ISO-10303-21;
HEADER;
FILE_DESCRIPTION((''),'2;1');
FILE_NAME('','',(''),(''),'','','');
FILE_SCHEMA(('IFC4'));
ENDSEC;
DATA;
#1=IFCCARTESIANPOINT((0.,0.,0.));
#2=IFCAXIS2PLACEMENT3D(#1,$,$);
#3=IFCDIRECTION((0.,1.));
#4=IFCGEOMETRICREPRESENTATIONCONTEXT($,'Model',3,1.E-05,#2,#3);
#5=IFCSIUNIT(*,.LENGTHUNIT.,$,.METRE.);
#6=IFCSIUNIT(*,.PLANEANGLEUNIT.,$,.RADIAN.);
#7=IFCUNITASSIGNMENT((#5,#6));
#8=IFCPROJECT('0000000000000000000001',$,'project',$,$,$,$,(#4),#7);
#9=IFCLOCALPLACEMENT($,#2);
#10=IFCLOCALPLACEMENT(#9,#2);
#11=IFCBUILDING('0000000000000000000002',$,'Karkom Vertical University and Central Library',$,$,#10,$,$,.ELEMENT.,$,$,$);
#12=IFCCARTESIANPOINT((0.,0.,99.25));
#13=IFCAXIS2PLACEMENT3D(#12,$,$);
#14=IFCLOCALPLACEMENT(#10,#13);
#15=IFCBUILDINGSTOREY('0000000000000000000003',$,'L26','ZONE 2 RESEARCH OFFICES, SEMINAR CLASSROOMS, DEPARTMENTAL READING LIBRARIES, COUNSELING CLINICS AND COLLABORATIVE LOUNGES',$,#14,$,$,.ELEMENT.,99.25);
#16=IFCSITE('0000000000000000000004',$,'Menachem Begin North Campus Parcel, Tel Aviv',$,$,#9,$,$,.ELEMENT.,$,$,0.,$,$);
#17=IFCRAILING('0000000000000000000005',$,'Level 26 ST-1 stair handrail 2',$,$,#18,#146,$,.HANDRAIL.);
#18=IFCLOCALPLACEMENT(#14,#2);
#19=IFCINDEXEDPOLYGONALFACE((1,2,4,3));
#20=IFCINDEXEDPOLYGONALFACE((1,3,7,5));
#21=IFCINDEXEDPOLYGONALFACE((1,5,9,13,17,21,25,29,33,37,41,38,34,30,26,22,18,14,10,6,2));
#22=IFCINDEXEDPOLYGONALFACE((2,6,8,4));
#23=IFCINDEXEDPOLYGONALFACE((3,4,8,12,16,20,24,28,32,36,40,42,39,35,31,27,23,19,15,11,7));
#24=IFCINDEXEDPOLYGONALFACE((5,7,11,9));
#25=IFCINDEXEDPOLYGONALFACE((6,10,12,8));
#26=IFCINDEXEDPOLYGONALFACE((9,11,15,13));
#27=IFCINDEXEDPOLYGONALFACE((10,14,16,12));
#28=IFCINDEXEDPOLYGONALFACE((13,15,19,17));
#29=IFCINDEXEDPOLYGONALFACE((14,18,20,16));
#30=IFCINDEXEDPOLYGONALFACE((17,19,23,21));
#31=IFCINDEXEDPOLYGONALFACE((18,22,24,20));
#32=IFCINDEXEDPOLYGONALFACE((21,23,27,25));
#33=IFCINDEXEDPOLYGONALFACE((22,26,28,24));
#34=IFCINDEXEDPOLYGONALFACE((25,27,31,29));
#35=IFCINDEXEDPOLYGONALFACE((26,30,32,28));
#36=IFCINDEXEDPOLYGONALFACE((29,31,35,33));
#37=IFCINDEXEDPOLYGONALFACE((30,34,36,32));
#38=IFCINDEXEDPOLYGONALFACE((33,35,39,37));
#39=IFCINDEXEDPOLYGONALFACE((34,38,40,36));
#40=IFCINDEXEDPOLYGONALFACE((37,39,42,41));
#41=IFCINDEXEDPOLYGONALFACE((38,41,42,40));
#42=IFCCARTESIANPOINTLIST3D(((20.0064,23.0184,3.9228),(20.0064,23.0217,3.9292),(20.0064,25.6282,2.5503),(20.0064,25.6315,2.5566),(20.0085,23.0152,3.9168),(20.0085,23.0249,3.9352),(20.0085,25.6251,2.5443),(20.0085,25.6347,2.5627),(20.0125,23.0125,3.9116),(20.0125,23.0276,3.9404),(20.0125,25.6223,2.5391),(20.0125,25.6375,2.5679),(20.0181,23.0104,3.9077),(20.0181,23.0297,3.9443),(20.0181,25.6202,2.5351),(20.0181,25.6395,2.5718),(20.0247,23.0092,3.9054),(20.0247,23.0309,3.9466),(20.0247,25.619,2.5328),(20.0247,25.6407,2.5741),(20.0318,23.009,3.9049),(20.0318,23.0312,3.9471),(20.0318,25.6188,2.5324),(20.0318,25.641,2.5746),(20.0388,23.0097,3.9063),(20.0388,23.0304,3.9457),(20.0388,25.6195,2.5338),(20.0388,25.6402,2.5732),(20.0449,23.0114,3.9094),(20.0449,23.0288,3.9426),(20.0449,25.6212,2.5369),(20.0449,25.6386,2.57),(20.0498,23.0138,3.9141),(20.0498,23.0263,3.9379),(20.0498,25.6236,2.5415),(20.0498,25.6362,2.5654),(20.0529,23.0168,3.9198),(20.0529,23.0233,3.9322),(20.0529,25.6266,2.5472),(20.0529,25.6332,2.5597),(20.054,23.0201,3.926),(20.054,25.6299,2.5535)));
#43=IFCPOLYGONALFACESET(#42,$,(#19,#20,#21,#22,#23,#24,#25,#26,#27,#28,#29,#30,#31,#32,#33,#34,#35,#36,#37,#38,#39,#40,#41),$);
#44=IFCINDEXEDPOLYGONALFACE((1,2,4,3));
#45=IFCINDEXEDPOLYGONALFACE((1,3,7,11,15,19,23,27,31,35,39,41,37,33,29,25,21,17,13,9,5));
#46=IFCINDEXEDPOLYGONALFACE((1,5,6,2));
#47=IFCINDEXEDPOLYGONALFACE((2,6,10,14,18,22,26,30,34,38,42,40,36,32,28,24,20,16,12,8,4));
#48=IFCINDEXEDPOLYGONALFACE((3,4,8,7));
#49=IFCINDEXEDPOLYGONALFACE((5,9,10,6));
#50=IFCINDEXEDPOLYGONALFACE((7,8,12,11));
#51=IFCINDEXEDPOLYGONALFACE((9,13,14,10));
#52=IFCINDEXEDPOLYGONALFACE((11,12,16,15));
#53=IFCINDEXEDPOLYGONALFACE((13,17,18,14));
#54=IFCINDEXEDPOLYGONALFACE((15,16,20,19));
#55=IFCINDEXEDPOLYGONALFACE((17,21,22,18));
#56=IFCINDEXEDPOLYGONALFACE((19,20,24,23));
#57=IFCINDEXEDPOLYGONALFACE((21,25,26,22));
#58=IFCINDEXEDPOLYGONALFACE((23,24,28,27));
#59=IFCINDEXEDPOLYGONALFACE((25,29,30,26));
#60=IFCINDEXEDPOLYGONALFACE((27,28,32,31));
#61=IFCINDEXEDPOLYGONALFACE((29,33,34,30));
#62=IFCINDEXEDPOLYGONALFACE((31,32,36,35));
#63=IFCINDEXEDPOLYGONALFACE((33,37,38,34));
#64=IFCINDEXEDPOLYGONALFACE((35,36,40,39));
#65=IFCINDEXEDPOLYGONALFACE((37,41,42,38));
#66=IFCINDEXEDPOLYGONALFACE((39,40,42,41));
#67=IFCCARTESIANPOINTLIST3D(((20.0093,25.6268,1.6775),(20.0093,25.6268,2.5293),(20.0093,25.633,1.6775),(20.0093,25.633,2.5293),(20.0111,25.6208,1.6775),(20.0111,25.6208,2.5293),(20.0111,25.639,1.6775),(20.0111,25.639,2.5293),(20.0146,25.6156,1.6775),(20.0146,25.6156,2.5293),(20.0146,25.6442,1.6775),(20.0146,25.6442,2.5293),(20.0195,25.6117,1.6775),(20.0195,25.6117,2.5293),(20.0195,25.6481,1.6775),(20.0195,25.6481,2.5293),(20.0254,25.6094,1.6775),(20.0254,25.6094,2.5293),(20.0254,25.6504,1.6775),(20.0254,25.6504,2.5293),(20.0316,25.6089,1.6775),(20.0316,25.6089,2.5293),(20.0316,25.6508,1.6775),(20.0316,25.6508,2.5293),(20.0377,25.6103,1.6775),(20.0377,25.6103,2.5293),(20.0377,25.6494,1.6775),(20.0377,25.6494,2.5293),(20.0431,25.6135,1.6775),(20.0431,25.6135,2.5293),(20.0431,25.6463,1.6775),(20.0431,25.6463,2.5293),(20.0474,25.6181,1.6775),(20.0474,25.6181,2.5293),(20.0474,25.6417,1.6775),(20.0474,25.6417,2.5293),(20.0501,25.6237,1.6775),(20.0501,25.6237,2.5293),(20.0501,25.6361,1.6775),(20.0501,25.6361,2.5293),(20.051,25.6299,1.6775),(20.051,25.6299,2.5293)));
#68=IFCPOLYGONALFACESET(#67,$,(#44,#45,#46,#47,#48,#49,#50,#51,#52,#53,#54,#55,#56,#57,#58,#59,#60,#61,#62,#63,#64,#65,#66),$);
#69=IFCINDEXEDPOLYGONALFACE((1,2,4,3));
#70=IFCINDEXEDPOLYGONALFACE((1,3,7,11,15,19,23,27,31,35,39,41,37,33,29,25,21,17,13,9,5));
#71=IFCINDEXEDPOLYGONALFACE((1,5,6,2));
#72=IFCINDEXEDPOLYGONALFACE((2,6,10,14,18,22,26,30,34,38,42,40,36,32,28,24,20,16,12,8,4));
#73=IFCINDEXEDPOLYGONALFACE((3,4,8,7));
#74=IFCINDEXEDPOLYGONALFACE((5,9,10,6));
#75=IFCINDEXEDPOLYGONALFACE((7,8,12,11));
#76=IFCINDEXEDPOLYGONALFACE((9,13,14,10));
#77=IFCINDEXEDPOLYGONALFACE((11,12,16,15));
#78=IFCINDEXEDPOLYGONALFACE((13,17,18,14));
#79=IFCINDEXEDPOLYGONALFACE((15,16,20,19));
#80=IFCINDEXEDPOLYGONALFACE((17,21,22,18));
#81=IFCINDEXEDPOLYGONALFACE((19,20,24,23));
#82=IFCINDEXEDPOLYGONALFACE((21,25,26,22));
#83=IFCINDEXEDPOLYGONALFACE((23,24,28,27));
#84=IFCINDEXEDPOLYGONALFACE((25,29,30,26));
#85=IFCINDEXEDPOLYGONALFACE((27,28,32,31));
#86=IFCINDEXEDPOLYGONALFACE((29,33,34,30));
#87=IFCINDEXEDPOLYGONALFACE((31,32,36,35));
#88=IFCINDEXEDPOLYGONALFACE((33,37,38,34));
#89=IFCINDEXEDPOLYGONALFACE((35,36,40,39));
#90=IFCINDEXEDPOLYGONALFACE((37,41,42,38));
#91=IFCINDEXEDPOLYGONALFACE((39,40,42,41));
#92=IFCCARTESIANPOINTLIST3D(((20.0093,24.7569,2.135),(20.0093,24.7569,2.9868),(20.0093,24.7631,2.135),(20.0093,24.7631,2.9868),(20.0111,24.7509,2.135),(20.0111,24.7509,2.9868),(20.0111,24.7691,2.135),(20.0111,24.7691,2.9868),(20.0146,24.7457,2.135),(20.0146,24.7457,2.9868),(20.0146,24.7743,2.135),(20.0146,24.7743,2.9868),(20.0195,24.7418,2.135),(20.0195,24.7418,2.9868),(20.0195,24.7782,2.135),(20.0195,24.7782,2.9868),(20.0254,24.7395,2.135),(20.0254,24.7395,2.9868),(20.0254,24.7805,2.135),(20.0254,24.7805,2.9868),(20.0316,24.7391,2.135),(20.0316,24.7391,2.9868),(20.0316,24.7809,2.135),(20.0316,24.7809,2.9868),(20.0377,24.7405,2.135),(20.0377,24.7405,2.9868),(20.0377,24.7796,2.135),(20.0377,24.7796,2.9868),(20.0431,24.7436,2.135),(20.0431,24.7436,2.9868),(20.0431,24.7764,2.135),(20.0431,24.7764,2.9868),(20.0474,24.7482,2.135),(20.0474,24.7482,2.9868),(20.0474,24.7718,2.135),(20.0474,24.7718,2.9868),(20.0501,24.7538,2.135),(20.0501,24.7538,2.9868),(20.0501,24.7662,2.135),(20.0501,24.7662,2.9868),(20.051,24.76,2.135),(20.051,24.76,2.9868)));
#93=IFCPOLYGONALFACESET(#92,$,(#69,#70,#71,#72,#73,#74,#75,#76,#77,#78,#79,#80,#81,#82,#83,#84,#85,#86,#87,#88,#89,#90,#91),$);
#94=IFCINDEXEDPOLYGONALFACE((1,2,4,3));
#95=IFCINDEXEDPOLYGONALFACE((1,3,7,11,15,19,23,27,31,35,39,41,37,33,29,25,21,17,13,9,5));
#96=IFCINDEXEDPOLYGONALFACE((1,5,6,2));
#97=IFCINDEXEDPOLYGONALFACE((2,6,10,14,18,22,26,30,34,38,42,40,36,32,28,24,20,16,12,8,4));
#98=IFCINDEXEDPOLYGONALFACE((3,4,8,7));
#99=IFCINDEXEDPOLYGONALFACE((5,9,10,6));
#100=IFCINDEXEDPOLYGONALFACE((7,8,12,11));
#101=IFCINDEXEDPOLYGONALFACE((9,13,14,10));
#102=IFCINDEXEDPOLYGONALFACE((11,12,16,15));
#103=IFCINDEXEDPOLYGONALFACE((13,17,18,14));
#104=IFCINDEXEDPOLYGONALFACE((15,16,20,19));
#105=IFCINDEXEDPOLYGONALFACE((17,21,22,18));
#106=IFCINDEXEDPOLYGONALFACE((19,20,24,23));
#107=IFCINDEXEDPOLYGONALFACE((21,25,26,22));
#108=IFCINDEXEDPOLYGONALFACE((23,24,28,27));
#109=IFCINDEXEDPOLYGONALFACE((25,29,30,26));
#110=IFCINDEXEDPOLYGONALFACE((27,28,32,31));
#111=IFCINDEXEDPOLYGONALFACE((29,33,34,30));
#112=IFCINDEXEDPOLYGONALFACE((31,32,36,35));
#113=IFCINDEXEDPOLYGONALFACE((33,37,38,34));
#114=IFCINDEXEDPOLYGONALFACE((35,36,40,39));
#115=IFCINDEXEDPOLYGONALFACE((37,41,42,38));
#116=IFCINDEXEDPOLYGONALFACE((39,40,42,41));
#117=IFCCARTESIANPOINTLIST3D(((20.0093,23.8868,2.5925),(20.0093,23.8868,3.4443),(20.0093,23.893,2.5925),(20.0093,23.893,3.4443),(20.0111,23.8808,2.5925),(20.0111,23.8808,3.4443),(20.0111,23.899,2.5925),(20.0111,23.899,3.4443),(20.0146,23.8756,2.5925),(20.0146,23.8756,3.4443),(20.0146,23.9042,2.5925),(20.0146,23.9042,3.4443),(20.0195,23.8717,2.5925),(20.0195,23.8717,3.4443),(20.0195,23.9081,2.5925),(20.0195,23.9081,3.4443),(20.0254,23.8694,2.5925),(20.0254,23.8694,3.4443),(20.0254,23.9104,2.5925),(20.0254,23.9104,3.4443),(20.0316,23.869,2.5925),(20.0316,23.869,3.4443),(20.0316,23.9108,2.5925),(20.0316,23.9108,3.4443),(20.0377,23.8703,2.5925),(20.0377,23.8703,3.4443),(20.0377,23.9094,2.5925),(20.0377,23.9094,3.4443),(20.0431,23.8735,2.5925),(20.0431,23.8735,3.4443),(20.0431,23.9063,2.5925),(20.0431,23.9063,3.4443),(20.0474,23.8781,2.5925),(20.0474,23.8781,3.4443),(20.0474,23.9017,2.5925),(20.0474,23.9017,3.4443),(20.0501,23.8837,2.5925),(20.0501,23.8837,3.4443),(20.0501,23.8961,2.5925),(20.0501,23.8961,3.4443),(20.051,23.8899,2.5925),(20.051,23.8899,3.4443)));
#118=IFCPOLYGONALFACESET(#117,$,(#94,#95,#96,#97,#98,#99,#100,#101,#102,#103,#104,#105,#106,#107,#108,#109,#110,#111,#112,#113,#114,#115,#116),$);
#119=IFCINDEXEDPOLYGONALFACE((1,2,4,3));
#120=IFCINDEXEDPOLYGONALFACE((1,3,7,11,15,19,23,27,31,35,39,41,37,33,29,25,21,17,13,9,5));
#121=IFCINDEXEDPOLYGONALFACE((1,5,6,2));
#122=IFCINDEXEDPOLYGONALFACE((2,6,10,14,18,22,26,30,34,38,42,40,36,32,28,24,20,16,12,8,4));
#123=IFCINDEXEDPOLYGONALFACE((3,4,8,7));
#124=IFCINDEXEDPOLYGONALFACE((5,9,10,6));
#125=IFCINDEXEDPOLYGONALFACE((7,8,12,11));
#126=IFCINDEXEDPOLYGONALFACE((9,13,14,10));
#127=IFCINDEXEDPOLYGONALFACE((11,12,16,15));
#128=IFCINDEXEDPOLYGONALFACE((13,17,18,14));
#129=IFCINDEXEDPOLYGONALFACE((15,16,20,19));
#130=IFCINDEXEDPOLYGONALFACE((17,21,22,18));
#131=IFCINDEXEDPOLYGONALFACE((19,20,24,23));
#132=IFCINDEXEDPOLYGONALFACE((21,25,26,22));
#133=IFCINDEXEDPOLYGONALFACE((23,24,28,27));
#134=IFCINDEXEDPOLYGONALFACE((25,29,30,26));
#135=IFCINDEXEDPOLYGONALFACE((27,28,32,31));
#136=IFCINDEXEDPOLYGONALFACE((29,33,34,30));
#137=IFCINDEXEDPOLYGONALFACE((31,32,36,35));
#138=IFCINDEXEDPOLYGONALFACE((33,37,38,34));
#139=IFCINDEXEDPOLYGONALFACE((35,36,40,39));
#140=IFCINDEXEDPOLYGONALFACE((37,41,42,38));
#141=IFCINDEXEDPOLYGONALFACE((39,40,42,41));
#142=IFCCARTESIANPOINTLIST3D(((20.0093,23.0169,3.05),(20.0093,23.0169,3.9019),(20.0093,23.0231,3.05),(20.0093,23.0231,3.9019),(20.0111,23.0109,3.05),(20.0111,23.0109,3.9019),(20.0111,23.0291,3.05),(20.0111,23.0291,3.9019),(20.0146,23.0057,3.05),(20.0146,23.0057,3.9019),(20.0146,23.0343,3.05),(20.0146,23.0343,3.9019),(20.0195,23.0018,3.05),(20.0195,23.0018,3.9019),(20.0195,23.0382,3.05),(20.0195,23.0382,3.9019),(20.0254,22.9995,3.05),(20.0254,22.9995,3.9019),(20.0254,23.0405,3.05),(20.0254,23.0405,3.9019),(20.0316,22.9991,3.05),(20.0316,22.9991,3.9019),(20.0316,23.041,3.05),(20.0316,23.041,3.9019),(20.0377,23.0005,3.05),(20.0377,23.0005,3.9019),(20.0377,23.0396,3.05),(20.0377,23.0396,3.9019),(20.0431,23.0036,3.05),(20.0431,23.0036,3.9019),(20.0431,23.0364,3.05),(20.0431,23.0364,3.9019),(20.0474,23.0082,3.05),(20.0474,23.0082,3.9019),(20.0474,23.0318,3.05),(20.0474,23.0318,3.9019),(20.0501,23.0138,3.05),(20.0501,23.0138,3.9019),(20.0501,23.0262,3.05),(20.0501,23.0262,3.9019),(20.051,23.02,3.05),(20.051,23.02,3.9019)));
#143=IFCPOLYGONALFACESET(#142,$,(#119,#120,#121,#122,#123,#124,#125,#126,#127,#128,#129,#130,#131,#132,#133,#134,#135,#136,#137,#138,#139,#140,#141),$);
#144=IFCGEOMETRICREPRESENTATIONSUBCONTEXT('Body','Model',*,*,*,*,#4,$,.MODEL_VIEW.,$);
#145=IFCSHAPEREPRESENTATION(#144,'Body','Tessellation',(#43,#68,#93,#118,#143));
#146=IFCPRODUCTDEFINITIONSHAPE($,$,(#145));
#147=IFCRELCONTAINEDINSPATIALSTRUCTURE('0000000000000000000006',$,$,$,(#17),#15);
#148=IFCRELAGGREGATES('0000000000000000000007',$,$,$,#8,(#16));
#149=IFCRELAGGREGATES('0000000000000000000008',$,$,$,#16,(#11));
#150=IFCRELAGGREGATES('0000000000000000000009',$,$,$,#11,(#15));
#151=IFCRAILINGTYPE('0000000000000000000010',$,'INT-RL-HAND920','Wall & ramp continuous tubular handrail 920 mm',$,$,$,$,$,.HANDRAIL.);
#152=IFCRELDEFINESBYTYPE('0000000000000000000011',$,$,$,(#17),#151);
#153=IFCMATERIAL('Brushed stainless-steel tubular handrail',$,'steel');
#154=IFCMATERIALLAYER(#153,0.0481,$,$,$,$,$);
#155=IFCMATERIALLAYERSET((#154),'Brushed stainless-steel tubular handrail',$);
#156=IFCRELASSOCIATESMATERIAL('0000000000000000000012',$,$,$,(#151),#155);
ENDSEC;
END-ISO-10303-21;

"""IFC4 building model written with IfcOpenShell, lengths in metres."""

from ifc_helpers import new_model, si_unit, direction, frame, origin, origin_2d, place, context, subcontext, project, spatial, circle, extrude, material, layer, layer_set, type_object, element, save


model = new_model("IFC4")

# Units and contexts
model_context = context("Model", 3, precision=1e-05, world=origin(), true_north=direction((0.0, 1.0)))
body_context = subcontext(model_context, "Body", "Model", "MODEL_VIEW")
ifc_project = project(units=[si_unit("LENGTHUNIT", "METRE"), si_unit("PLANEANGLEUNIT", "RADIAN")], contexts=[model_context])

# Site, building, storey
site_placement = place(None, origin())
site = spatial("IfcSite", under=ifc_project, at=site_placement, Name="Menachem Begin North Campus Parcel, Tel Aviv", CompositionType="ELEMENT", RefElevation=0.0)
building_placement = place(site_placement, origin())
building = spatial("IfcBuilding", under=site, at=building_placement, Name="Karkom Vertical University and Central Library", CompositionType="ELEMENT")
storey_placement = place(building_placement, frame((0.0, 0.0, 99.25)))
storey = spatial("IfcBuildingStorey", under=building, at=storey_placement, Name="L26", Description="ZONE 2 RESEARCH OFFICES, SEMINAR CLASSROOMS, DEPARTMENTAL READING LIBRARIES, COUNSELING CLINICS AND COLLABORATIVE LOUNGES", CompositionType="ELEMENT", Elevation=99.25)

# Railing
ifc_material_1 = material(Name="Brushed stainless-steel tubular handrail", Category="steel")
ifc_layer_1 = layer(ifc_material_1, 0.0481)
ifc_layer_set_1 = layer_set([ifc_layer_1], Name="Brushed stainless-steel tubular handrail")
railing_type_1 = type_object("IfcRailingType", Name="INT-RL-HAND920", Description="Wall & ramp continuous tubular handrail 920 mm", PredefinedType="HANDRAIL", material=ifc_layer_set_1)
railing_1_placement = place(storey_placement, frame((20.03, 25.6299, 1.6775)))
element("IfcRailing", 1, at=railing_1_placement, inside=storey, type_object=railing_type_1, Name="Level 26 ST-1 stair handrail 2", PredefinedType="HANDRAIL", context=body_context, shape_type="SweptSolid", body=[
    extrude(circle(Radius=0.0239, at=origin_2d()), frame((0.0, 0.0, 0.876), z_axis=(0.0, -0.885065, 0.465467), x_axis=(1.0, 0.0, 0.0)), (0.0, 0.0, 1.0), 2.9487),
    extrude(circle(Radius=0.021, at=origin_2d()), origin(), (0.0, 0.0, 1.0), 0.8518),
    extrude(circle(Radius=0.021, at=origin_2d()), frame((0.0, -0.8699, 0.4575)), (0.0, 0.0, 1.0), 0.8518),
    extrude(circle(Radius=0.021, at=origin_2d()), frame((0.0, -1.74, 0.915)), (0.0, 0.0, 1.0), 0.8518),
    extrude(circle(Radius=0.021, at=origin_2d()), frame((0.0, -2.6099, 1.3726)), (0.0, 0.0, 1.0), 0.8518),
])

save(model, "model.ifc")
